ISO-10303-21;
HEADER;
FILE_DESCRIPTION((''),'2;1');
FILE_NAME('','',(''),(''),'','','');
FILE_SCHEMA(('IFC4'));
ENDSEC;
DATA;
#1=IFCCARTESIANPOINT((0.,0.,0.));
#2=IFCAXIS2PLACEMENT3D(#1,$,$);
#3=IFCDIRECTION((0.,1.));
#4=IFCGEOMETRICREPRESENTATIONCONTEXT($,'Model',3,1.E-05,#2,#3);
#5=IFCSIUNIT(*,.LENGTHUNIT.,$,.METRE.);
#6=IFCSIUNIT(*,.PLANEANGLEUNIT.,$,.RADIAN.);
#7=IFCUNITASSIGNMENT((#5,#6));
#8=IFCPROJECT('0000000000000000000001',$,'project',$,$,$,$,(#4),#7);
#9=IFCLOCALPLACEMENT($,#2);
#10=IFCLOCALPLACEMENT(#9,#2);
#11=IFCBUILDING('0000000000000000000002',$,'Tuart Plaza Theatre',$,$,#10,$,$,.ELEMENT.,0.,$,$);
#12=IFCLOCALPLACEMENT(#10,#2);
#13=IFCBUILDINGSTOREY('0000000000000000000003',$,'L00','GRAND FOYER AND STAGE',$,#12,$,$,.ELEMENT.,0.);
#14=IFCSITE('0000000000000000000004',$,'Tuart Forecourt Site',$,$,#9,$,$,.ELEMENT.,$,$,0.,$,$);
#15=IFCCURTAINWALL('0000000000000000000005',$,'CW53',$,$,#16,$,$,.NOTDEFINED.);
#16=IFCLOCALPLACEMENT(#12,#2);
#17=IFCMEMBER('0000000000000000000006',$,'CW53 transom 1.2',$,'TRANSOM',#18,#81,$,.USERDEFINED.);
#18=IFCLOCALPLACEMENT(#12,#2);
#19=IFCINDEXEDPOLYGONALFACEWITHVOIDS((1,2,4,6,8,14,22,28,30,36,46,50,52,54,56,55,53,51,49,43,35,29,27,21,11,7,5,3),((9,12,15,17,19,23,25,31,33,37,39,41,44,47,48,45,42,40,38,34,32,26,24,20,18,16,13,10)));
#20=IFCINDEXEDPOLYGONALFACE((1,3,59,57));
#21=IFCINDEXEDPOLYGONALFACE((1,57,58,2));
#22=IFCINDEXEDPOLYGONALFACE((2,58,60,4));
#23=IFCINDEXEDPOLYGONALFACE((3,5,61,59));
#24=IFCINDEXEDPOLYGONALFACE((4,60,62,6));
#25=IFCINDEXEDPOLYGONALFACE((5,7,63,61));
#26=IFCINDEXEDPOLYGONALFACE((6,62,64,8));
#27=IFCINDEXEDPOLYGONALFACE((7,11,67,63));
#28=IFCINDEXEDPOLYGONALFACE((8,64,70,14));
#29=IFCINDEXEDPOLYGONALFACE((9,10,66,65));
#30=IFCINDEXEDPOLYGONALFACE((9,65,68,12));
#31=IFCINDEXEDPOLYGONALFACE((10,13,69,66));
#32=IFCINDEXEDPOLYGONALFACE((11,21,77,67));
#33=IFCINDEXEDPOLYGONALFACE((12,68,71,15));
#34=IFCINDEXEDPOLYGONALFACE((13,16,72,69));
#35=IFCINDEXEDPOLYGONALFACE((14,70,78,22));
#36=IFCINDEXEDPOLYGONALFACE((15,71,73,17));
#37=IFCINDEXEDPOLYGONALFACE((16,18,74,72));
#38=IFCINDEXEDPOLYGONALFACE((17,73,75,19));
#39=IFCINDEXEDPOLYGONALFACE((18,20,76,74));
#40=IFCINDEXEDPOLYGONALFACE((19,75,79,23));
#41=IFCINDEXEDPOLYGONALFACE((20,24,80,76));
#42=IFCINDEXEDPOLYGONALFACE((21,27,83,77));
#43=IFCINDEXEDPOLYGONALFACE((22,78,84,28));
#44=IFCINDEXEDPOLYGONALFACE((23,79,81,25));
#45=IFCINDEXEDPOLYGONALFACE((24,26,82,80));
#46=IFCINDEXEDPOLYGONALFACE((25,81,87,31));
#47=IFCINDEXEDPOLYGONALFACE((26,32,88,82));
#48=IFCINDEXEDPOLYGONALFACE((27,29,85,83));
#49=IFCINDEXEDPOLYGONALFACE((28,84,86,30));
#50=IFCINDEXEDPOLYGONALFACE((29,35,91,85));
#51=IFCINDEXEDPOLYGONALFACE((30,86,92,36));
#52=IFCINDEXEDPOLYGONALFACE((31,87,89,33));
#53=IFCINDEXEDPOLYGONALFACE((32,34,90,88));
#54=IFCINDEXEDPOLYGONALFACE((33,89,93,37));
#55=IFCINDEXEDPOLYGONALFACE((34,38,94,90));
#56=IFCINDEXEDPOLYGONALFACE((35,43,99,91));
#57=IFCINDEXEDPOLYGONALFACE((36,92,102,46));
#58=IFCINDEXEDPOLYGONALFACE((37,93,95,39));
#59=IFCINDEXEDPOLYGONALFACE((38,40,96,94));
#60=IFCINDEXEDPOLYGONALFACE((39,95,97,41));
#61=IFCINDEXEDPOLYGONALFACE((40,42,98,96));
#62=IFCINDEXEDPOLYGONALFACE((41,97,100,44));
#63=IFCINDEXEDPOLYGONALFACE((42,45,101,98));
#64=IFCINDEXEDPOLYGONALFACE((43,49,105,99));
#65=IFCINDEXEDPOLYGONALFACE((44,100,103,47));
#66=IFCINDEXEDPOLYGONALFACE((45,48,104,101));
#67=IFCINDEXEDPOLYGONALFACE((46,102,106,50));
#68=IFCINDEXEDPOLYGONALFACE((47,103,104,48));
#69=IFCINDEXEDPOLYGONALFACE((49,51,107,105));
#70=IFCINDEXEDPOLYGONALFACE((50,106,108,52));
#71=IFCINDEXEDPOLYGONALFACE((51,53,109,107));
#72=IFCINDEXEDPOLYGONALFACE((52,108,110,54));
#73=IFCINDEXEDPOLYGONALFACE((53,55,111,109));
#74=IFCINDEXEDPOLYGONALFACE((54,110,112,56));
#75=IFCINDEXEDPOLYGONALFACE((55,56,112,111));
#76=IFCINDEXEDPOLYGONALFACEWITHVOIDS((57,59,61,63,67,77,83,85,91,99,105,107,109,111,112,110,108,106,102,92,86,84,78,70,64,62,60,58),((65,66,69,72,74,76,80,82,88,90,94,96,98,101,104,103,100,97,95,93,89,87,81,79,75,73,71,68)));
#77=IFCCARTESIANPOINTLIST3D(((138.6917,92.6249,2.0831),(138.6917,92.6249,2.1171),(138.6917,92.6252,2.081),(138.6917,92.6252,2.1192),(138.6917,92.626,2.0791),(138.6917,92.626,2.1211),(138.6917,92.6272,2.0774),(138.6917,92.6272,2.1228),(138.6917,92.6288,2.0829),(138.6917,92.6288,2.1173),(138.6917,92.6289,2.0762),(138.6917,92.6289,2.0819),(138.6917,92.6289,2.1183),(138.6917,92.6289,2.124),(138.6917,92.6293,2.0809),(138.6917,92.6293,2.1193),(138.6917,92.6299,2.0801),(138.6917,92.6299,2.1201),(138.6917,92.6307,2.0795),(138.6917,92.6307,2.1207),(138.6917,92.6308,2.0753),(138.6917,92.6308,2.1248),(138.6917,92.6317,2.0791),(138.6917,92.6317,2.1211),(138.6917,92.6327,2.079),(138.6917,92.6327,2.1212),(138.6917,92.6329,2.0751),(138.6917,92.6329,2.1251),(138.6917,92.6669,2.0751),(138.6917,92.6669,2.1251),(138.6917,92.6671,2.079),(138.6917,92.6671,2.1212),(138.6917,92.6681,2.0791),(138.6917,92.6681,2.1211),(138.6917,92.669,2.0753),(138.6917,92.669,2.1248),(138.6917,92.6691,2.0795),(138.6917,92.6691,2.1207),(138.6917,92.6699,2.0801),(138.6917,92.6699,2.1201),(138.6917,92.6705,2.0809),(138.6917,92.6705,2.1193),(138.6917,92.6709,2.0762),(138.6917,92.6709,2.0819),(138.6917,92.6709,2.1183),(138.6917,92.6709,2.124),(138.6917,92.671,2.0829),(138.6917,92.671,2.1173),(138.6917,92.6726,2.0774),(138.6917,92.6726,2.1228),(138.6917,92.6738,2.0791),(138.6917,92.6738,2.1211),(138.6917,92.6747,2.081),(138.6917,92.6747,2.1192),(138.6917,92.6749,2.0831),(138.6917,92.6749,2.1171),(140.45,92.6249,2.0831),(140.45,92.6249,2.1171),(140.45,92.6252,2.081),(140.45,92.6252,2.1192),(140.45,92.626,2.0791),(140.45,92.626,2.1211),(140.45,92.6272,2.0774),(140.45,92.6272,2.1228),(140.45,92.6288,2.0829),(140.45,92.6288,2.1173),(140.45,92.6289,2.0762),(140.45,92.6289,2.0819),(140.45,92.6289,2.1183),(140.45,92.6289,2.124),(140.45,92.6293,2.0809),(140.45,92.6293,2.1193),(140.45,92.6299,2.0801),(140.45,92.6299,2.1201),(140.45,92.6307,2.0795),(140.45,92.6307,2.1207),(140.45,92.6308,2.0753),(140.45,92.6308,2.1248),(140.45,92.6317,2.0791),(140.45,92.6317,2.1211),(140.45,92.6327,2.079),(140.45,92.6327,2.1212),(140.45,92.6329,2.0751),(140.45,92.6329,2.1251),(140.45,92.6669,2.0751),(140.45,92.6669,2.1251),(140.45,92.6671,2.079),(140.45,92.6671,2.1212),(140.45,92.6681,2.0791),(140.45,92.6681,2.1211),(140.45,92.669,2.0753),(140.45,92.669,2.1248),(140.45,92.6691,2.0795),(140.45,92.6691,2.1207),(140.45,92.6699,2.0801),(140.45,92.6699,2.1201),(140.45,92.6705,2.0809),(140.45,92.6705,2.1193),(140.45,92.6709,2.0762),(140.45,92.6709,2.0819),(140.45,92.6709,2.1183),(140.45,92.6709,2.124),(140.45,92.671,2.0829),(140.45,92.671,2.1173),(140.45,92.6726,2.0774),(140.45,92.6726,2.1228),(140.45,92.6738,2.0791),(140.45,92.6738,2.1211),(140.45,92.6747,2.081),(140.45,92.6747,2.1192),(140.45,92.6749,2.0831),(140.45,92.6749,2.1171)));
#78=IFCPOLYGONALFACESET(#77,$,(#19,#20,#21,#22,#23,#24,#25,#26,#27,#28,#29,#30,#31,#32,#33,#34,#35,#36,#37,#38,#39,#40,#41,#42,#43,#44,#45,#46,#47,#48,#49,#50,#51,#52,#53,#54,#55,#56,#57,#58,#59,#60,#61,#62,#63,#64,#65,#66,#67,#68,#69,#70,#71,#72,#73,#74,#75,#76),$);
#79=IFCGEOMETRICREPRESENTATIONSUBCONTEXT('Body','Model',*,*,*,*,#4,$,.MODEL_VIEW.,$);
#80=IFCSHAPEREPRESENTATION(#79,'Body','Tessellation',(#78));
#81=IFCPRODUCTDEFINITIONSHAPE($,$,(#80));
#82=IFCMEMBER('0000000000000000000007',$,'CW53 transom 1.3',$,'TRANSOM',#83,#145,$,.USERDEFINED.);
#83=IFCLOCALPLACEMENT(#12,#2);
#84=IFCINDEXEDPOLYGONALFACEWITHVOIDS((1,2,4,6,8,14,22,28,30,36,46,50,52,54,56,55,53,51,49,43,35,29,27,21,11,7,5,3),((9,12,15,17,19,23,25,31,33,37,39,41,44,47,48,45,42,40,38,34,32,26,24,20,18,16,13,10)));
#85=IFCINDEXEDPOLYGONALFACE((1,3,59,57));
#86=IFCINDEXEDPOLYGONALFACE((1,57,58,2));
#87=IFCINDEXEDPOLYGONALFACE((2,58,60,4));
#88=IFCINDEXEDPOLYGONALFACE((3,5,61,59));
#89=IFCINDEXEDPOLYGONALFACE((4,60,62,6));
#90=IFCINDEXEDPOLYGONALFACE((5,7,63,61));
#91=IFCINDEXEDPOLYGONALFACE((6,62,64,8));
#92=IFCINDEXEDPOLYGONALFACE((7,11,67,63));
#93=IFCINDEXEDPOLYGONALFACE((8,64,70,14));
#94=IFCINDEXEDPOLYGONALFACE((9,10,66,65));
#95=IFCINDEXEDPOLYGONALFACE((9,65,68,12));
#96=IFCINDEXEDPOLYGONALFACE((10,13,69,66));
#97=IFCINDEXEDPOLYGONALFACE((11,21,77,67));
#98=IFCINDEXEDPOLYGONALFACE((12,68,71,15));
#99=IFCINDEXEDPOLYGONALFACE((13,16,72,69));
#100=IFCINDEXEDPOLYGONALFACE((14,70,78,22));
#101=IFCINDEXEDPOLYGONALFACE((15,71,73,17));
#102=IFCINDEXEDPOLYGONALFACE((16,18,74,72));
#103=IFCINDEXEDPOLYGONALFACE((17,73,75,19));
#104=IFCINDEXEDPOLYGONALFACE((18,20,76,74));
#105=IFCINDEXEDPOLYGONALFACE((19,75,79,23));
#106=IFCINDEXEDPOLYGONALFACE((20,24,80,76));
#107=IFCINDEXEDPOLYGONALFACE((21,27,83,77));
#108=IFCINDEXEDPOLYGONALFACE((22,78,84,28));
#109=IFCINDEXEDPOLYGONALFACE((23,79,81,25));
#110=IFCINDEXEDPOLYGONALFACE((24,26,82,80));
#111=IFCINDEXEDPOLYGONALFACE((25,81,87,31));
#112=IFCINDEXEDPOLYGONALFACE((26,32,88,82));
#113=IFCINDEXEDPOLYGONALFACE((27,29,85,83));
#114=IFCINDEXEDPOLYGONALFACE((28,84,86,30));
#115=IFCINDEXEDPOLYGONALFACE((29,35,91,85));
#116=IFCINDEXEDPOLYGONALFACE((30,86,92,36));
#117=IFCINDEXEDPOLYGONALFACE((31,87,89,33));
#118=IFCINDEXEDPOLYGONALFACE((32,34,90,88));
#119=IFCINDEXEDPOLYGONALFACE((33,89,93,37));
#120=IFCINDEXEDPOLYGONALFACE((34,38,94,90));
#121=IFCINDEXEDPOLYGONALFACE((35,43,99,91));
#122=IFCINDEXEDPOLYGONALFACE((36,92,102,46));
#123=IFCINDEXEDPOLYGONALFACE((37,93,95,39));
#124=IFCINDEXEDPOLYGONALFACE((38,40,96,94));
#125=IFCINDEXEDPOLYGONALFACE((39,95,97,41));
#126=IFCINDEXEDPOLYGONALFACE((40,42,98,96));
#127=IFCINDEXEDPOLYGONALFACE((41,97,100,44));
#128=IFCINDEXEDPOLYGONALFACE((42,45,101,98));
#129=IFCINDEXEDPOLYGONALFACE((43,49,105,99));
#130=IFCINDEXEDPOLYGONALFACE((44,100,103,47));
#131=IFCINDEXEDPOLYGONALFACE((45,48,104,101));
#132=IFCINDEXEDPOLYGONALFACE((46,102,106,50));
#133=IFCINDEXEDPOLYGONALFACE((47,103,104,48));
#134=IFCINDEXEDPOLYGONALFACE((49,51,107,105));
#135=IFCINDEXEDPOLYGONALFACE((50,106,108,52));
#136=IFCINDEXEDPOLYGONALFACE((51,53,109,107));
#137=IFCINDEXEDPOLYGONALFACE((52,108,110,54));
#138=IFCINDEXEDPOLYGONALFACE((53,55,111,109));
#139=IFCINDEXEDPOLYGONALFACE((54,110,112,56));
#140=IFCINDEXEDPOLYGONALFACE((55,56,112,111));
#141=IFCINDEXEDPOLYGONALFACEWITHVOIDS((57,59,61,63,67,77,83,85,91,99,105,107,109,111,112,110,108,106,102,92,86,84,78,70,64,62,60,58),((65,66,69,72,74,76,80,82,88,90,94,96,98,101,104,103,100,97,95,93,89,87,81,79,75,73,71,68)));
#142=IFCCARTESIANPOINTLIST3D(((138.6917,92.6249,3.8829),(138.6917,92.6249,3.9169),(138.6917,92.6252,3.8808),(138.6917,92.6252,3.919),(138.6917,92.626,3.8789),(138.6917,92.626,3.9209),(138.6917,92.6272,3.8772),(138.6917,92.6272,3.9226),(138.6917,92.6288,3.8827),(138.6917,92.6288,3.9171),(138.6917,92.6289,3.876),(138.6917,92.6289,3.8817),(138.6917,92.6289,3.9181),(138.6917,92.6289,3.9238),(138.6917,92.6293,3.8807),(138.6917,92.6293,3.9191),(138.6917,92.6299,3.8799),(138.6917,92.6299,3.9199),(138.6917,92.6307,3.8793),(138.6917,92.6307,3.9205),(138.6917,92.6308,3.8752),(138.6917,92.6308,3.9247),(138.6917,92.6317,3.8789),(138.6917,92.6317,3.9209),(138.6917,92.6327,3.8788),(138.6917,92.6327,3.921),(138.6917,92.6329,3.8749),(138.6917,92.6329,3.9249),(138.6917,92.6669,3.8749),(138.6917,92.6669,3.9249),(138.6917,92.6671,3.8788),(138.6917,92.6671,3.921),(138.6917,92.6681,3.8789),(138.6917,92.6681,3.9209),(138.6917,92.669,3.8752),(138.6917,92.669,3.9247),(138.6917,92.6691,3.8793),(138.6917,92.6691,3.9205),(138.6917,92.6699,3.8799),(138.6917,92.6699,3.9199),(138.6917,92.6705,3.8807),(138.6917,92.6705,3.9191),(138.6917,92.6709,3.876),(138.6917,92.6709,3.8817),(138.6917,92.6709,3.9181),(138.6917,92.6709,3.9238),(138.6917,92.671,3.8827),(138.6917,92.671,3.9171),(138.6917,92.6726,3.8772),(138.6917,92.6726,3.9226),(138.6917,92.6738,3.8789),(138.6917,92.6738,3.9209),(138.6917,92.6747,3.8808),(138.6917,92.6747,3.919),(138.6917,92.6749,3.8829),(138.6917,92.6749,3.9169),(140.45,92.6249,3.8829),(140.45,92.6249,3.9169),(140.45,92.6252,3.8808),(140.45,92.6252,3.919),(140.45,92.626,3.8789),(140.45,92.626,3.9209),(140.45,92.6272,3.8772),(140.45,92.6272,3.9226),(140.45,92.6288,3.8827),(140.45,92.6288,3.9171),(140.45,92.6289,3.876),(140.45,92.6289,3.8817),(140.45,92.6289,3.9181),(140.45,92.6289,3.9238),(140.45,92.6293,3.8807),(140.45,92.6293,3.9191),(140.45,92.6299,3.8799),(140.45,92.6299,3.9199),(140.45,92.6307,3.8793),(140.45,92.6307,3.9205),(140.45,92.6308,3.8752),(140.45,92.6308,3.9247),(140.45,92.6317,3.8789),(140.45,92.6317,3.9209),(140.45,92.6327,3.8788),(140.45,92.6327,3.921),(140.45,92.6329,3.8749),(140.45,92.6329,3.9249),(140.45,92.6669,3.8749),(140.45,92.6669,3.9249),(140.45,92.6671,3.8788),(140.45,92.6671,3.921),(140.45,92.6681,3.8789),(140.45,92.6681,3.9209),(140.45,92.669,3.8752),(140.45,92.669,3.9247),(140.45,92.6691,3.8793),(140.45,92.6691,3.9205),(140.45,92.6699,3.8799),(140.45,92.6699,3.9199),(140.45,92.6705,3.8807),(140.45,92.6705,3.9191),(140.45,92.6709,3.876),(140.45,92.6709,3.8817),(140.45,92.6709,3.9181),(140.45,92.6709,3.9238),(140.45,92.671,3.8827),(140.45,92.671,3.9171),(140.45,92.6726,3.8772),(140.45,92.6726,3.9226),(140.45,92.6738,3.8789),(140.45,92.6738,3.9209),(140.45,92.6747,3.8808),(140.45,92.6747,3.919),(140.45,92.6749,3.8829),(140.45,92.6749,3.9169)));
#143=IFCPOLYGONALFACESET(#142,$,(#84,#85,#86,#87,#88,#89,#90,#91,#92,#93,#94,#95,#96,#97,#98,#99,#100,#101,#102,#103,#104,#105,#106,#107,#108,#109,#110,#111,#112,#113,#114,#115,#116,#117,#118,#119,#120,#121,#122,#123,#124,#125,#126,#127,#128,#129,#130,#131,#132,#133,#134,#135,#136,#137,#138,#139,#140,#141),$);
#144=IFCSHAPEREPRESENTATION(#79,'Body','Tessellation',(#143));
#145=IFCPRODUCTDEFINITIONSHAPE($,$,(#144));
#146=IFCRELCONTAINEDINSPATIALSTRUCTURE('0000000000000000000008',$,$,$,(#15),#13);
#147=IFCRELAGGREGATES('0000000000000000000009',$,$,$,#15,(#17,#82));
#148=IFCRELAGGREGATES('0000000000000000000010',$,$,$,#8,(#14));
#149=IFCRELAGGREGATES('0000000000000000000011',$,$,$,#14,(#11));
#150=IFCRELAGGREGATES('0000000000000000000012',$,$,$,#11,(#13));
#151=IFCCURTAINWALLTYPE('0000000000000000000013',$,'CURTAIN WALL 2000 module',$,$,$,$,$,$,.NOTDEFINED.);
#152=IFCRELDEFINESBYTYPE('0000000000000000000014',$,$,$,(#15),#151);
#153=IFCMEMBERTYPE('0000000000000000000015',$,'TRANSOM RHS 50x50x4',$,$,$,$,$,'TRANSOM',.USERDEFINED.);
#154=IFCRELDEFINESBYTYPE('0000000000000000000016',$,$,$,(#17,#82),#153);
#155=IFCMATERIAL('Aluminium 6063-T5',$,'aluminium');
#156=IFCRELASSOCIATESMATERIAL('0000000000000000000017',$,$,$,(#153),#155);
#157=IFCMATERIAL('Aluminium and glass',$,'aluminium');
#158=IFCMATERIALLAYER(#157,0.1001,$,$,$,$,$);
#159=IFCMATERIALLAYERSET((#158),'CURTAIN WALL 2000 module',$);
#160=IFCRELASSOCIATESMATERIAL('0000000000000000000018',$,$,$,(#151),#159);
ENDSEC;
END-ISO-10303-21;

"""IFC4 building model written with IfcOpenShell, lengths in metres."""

from ifc_helpers import new_model, si_unit, direction, frame, origin, origin_2d, place, context, subcontext, project, spatial, hollow_rectangle, extrude, material, layer, layer_set, material_profile, profile_set, type_object, element, aggregate, save


model = new_model("IFC4")

# Units and contexts
model_context = context("Model", 3, precision=1e-05, world=origin(), true_north=direction((0.0, 1.0)))
body_context = subcontext(model_context, "Body", "Model", "MODEL_VIEW")
ifc_project = project(units=[si_unit("LENGTHUNIT", "METRE"), si_unit("PLANEANGLEUNIT", "RADIAN")], contexts=[model_context])

# Site, building, storey
site_placement = place(None, origin())
site = spatial("IfcSite", under=ifc_project, at=site_placement, Name="Tuart Forecourt Site", CompositionType="ELEMENT", RefElevation=0.0)
building_placement = place(site_placement, origin())
building = spatial("IfcBuilding", under=site, at=building_placement, Name="Tuart Plaza Theatre", CompositionType="ELEMENT", ElevationOfRefHeight=0.0)
storey_placement = place(building_placement, origin())
storey = spatial("IfcBuildingStorey", under=building, at=storey_placement, Name="L00", Description="GRAND FOYER AND STAGE", CompositionType="ELEMENT", Elevation=0.0)

# Curtain wall, members
ifc_material_1 = material(Name="Aluminium 6063-T5", Category="aluminium")
ifc_material_profile_1 = material_profile(ifc_material_1, hollow_rectangle(XDim=0.05, YDim=0.05, WallThickness=0.0039, InnerFilletRadius=0.0039, OuterFilletRadius=0.0081, at=origin_2d()), Name="RHS 50x50x4")
ifc_profile_set_1 = profile_set([ifc_material_profile_1], Name="Aluminium 6063-T5")
member_type_1 = type_object("IfcMemberType", Name="TRANSOM RHS 50x50x4", ElementType="TRANSOM", PredefinedType="USERDEFINED", material=ifc_profile_set_1)
ifc_material_2 = material(Name="Aluminium and glass", Category="aluminium")
ifc_layer_1 = layer(ifc_material_2, 0.1001)
ifc_layer_set_1 = layer_set([ifc_layer_1], Name="CURTAIN WALL 2000 module")
curtain_wall_type_1 = type_object("IfcCurtainWallType", Name="CURTAIN WALL 2000 module", PredefinedType="NOTDEFINED", material=ifc_layer_set_1)
curtain_wall_1_placement = place(storey_placement, origin())
curtain_wall_1 = element("IfcCurtainWall", 1, at=curtain_wall_1_placement, inside=storey, type_object=curtain_wall_type_1, Name="CW53", PredefinedType="NOTDEFINED")
member_1_placement = place(storey_placement, frame((140.45, 92.6499, 2.1001), z_axis=(-1.0, 0.0, 0.0), x_axis=(0.0, -1.0, 0.0)))
member_1 = element("IfcMember", 2, at=member_1_placement, type_object=member_type_1, Name="CW53 transom 1.2", ObjectType="TRANSOM", PredefinedType="USERDEFINED", context=body_context, shape_type="SweptSolid", body=[
    extrude(hollow_rectangle(XDim=0.05, YDim=0.05, WallThickness=0.0039, InnerFilletRadius=0.0039, OuterFilletRadius=0.0081, at=origin_2d()), origin(), (0.0, 0.0, 1.0), 1.7583),
])
member_2_placement = place(storey_placement, frame((140.45, 92.6499, 3.8999), z_axis=(-1.0, 0.0, 0.0), x_axis=(0.0, -1.0, 0.0)))
member_2 = element("IfcMember", 3, at=member_2_placement, type_object=member_type_1, Name="CW53 transom 1.3", ObjectType="TRANSOM", PredefinedType="USERDEFINED", context=body_context, shape_type="SweptSolid", body=[
    extrude(hollow_rectangle(XDim=0.05, YDim=0.05, WallThickness=0.0039, InnerFilletRadius=0.0039, OuterFilletRadius=0.0081, at=origin_2d()), origin(), (0.0, 0.0, 1.0), 1.7583),
])
aggregate(curtain_wall_1, [member_1, member_2])

save(model, "model.ifc")
